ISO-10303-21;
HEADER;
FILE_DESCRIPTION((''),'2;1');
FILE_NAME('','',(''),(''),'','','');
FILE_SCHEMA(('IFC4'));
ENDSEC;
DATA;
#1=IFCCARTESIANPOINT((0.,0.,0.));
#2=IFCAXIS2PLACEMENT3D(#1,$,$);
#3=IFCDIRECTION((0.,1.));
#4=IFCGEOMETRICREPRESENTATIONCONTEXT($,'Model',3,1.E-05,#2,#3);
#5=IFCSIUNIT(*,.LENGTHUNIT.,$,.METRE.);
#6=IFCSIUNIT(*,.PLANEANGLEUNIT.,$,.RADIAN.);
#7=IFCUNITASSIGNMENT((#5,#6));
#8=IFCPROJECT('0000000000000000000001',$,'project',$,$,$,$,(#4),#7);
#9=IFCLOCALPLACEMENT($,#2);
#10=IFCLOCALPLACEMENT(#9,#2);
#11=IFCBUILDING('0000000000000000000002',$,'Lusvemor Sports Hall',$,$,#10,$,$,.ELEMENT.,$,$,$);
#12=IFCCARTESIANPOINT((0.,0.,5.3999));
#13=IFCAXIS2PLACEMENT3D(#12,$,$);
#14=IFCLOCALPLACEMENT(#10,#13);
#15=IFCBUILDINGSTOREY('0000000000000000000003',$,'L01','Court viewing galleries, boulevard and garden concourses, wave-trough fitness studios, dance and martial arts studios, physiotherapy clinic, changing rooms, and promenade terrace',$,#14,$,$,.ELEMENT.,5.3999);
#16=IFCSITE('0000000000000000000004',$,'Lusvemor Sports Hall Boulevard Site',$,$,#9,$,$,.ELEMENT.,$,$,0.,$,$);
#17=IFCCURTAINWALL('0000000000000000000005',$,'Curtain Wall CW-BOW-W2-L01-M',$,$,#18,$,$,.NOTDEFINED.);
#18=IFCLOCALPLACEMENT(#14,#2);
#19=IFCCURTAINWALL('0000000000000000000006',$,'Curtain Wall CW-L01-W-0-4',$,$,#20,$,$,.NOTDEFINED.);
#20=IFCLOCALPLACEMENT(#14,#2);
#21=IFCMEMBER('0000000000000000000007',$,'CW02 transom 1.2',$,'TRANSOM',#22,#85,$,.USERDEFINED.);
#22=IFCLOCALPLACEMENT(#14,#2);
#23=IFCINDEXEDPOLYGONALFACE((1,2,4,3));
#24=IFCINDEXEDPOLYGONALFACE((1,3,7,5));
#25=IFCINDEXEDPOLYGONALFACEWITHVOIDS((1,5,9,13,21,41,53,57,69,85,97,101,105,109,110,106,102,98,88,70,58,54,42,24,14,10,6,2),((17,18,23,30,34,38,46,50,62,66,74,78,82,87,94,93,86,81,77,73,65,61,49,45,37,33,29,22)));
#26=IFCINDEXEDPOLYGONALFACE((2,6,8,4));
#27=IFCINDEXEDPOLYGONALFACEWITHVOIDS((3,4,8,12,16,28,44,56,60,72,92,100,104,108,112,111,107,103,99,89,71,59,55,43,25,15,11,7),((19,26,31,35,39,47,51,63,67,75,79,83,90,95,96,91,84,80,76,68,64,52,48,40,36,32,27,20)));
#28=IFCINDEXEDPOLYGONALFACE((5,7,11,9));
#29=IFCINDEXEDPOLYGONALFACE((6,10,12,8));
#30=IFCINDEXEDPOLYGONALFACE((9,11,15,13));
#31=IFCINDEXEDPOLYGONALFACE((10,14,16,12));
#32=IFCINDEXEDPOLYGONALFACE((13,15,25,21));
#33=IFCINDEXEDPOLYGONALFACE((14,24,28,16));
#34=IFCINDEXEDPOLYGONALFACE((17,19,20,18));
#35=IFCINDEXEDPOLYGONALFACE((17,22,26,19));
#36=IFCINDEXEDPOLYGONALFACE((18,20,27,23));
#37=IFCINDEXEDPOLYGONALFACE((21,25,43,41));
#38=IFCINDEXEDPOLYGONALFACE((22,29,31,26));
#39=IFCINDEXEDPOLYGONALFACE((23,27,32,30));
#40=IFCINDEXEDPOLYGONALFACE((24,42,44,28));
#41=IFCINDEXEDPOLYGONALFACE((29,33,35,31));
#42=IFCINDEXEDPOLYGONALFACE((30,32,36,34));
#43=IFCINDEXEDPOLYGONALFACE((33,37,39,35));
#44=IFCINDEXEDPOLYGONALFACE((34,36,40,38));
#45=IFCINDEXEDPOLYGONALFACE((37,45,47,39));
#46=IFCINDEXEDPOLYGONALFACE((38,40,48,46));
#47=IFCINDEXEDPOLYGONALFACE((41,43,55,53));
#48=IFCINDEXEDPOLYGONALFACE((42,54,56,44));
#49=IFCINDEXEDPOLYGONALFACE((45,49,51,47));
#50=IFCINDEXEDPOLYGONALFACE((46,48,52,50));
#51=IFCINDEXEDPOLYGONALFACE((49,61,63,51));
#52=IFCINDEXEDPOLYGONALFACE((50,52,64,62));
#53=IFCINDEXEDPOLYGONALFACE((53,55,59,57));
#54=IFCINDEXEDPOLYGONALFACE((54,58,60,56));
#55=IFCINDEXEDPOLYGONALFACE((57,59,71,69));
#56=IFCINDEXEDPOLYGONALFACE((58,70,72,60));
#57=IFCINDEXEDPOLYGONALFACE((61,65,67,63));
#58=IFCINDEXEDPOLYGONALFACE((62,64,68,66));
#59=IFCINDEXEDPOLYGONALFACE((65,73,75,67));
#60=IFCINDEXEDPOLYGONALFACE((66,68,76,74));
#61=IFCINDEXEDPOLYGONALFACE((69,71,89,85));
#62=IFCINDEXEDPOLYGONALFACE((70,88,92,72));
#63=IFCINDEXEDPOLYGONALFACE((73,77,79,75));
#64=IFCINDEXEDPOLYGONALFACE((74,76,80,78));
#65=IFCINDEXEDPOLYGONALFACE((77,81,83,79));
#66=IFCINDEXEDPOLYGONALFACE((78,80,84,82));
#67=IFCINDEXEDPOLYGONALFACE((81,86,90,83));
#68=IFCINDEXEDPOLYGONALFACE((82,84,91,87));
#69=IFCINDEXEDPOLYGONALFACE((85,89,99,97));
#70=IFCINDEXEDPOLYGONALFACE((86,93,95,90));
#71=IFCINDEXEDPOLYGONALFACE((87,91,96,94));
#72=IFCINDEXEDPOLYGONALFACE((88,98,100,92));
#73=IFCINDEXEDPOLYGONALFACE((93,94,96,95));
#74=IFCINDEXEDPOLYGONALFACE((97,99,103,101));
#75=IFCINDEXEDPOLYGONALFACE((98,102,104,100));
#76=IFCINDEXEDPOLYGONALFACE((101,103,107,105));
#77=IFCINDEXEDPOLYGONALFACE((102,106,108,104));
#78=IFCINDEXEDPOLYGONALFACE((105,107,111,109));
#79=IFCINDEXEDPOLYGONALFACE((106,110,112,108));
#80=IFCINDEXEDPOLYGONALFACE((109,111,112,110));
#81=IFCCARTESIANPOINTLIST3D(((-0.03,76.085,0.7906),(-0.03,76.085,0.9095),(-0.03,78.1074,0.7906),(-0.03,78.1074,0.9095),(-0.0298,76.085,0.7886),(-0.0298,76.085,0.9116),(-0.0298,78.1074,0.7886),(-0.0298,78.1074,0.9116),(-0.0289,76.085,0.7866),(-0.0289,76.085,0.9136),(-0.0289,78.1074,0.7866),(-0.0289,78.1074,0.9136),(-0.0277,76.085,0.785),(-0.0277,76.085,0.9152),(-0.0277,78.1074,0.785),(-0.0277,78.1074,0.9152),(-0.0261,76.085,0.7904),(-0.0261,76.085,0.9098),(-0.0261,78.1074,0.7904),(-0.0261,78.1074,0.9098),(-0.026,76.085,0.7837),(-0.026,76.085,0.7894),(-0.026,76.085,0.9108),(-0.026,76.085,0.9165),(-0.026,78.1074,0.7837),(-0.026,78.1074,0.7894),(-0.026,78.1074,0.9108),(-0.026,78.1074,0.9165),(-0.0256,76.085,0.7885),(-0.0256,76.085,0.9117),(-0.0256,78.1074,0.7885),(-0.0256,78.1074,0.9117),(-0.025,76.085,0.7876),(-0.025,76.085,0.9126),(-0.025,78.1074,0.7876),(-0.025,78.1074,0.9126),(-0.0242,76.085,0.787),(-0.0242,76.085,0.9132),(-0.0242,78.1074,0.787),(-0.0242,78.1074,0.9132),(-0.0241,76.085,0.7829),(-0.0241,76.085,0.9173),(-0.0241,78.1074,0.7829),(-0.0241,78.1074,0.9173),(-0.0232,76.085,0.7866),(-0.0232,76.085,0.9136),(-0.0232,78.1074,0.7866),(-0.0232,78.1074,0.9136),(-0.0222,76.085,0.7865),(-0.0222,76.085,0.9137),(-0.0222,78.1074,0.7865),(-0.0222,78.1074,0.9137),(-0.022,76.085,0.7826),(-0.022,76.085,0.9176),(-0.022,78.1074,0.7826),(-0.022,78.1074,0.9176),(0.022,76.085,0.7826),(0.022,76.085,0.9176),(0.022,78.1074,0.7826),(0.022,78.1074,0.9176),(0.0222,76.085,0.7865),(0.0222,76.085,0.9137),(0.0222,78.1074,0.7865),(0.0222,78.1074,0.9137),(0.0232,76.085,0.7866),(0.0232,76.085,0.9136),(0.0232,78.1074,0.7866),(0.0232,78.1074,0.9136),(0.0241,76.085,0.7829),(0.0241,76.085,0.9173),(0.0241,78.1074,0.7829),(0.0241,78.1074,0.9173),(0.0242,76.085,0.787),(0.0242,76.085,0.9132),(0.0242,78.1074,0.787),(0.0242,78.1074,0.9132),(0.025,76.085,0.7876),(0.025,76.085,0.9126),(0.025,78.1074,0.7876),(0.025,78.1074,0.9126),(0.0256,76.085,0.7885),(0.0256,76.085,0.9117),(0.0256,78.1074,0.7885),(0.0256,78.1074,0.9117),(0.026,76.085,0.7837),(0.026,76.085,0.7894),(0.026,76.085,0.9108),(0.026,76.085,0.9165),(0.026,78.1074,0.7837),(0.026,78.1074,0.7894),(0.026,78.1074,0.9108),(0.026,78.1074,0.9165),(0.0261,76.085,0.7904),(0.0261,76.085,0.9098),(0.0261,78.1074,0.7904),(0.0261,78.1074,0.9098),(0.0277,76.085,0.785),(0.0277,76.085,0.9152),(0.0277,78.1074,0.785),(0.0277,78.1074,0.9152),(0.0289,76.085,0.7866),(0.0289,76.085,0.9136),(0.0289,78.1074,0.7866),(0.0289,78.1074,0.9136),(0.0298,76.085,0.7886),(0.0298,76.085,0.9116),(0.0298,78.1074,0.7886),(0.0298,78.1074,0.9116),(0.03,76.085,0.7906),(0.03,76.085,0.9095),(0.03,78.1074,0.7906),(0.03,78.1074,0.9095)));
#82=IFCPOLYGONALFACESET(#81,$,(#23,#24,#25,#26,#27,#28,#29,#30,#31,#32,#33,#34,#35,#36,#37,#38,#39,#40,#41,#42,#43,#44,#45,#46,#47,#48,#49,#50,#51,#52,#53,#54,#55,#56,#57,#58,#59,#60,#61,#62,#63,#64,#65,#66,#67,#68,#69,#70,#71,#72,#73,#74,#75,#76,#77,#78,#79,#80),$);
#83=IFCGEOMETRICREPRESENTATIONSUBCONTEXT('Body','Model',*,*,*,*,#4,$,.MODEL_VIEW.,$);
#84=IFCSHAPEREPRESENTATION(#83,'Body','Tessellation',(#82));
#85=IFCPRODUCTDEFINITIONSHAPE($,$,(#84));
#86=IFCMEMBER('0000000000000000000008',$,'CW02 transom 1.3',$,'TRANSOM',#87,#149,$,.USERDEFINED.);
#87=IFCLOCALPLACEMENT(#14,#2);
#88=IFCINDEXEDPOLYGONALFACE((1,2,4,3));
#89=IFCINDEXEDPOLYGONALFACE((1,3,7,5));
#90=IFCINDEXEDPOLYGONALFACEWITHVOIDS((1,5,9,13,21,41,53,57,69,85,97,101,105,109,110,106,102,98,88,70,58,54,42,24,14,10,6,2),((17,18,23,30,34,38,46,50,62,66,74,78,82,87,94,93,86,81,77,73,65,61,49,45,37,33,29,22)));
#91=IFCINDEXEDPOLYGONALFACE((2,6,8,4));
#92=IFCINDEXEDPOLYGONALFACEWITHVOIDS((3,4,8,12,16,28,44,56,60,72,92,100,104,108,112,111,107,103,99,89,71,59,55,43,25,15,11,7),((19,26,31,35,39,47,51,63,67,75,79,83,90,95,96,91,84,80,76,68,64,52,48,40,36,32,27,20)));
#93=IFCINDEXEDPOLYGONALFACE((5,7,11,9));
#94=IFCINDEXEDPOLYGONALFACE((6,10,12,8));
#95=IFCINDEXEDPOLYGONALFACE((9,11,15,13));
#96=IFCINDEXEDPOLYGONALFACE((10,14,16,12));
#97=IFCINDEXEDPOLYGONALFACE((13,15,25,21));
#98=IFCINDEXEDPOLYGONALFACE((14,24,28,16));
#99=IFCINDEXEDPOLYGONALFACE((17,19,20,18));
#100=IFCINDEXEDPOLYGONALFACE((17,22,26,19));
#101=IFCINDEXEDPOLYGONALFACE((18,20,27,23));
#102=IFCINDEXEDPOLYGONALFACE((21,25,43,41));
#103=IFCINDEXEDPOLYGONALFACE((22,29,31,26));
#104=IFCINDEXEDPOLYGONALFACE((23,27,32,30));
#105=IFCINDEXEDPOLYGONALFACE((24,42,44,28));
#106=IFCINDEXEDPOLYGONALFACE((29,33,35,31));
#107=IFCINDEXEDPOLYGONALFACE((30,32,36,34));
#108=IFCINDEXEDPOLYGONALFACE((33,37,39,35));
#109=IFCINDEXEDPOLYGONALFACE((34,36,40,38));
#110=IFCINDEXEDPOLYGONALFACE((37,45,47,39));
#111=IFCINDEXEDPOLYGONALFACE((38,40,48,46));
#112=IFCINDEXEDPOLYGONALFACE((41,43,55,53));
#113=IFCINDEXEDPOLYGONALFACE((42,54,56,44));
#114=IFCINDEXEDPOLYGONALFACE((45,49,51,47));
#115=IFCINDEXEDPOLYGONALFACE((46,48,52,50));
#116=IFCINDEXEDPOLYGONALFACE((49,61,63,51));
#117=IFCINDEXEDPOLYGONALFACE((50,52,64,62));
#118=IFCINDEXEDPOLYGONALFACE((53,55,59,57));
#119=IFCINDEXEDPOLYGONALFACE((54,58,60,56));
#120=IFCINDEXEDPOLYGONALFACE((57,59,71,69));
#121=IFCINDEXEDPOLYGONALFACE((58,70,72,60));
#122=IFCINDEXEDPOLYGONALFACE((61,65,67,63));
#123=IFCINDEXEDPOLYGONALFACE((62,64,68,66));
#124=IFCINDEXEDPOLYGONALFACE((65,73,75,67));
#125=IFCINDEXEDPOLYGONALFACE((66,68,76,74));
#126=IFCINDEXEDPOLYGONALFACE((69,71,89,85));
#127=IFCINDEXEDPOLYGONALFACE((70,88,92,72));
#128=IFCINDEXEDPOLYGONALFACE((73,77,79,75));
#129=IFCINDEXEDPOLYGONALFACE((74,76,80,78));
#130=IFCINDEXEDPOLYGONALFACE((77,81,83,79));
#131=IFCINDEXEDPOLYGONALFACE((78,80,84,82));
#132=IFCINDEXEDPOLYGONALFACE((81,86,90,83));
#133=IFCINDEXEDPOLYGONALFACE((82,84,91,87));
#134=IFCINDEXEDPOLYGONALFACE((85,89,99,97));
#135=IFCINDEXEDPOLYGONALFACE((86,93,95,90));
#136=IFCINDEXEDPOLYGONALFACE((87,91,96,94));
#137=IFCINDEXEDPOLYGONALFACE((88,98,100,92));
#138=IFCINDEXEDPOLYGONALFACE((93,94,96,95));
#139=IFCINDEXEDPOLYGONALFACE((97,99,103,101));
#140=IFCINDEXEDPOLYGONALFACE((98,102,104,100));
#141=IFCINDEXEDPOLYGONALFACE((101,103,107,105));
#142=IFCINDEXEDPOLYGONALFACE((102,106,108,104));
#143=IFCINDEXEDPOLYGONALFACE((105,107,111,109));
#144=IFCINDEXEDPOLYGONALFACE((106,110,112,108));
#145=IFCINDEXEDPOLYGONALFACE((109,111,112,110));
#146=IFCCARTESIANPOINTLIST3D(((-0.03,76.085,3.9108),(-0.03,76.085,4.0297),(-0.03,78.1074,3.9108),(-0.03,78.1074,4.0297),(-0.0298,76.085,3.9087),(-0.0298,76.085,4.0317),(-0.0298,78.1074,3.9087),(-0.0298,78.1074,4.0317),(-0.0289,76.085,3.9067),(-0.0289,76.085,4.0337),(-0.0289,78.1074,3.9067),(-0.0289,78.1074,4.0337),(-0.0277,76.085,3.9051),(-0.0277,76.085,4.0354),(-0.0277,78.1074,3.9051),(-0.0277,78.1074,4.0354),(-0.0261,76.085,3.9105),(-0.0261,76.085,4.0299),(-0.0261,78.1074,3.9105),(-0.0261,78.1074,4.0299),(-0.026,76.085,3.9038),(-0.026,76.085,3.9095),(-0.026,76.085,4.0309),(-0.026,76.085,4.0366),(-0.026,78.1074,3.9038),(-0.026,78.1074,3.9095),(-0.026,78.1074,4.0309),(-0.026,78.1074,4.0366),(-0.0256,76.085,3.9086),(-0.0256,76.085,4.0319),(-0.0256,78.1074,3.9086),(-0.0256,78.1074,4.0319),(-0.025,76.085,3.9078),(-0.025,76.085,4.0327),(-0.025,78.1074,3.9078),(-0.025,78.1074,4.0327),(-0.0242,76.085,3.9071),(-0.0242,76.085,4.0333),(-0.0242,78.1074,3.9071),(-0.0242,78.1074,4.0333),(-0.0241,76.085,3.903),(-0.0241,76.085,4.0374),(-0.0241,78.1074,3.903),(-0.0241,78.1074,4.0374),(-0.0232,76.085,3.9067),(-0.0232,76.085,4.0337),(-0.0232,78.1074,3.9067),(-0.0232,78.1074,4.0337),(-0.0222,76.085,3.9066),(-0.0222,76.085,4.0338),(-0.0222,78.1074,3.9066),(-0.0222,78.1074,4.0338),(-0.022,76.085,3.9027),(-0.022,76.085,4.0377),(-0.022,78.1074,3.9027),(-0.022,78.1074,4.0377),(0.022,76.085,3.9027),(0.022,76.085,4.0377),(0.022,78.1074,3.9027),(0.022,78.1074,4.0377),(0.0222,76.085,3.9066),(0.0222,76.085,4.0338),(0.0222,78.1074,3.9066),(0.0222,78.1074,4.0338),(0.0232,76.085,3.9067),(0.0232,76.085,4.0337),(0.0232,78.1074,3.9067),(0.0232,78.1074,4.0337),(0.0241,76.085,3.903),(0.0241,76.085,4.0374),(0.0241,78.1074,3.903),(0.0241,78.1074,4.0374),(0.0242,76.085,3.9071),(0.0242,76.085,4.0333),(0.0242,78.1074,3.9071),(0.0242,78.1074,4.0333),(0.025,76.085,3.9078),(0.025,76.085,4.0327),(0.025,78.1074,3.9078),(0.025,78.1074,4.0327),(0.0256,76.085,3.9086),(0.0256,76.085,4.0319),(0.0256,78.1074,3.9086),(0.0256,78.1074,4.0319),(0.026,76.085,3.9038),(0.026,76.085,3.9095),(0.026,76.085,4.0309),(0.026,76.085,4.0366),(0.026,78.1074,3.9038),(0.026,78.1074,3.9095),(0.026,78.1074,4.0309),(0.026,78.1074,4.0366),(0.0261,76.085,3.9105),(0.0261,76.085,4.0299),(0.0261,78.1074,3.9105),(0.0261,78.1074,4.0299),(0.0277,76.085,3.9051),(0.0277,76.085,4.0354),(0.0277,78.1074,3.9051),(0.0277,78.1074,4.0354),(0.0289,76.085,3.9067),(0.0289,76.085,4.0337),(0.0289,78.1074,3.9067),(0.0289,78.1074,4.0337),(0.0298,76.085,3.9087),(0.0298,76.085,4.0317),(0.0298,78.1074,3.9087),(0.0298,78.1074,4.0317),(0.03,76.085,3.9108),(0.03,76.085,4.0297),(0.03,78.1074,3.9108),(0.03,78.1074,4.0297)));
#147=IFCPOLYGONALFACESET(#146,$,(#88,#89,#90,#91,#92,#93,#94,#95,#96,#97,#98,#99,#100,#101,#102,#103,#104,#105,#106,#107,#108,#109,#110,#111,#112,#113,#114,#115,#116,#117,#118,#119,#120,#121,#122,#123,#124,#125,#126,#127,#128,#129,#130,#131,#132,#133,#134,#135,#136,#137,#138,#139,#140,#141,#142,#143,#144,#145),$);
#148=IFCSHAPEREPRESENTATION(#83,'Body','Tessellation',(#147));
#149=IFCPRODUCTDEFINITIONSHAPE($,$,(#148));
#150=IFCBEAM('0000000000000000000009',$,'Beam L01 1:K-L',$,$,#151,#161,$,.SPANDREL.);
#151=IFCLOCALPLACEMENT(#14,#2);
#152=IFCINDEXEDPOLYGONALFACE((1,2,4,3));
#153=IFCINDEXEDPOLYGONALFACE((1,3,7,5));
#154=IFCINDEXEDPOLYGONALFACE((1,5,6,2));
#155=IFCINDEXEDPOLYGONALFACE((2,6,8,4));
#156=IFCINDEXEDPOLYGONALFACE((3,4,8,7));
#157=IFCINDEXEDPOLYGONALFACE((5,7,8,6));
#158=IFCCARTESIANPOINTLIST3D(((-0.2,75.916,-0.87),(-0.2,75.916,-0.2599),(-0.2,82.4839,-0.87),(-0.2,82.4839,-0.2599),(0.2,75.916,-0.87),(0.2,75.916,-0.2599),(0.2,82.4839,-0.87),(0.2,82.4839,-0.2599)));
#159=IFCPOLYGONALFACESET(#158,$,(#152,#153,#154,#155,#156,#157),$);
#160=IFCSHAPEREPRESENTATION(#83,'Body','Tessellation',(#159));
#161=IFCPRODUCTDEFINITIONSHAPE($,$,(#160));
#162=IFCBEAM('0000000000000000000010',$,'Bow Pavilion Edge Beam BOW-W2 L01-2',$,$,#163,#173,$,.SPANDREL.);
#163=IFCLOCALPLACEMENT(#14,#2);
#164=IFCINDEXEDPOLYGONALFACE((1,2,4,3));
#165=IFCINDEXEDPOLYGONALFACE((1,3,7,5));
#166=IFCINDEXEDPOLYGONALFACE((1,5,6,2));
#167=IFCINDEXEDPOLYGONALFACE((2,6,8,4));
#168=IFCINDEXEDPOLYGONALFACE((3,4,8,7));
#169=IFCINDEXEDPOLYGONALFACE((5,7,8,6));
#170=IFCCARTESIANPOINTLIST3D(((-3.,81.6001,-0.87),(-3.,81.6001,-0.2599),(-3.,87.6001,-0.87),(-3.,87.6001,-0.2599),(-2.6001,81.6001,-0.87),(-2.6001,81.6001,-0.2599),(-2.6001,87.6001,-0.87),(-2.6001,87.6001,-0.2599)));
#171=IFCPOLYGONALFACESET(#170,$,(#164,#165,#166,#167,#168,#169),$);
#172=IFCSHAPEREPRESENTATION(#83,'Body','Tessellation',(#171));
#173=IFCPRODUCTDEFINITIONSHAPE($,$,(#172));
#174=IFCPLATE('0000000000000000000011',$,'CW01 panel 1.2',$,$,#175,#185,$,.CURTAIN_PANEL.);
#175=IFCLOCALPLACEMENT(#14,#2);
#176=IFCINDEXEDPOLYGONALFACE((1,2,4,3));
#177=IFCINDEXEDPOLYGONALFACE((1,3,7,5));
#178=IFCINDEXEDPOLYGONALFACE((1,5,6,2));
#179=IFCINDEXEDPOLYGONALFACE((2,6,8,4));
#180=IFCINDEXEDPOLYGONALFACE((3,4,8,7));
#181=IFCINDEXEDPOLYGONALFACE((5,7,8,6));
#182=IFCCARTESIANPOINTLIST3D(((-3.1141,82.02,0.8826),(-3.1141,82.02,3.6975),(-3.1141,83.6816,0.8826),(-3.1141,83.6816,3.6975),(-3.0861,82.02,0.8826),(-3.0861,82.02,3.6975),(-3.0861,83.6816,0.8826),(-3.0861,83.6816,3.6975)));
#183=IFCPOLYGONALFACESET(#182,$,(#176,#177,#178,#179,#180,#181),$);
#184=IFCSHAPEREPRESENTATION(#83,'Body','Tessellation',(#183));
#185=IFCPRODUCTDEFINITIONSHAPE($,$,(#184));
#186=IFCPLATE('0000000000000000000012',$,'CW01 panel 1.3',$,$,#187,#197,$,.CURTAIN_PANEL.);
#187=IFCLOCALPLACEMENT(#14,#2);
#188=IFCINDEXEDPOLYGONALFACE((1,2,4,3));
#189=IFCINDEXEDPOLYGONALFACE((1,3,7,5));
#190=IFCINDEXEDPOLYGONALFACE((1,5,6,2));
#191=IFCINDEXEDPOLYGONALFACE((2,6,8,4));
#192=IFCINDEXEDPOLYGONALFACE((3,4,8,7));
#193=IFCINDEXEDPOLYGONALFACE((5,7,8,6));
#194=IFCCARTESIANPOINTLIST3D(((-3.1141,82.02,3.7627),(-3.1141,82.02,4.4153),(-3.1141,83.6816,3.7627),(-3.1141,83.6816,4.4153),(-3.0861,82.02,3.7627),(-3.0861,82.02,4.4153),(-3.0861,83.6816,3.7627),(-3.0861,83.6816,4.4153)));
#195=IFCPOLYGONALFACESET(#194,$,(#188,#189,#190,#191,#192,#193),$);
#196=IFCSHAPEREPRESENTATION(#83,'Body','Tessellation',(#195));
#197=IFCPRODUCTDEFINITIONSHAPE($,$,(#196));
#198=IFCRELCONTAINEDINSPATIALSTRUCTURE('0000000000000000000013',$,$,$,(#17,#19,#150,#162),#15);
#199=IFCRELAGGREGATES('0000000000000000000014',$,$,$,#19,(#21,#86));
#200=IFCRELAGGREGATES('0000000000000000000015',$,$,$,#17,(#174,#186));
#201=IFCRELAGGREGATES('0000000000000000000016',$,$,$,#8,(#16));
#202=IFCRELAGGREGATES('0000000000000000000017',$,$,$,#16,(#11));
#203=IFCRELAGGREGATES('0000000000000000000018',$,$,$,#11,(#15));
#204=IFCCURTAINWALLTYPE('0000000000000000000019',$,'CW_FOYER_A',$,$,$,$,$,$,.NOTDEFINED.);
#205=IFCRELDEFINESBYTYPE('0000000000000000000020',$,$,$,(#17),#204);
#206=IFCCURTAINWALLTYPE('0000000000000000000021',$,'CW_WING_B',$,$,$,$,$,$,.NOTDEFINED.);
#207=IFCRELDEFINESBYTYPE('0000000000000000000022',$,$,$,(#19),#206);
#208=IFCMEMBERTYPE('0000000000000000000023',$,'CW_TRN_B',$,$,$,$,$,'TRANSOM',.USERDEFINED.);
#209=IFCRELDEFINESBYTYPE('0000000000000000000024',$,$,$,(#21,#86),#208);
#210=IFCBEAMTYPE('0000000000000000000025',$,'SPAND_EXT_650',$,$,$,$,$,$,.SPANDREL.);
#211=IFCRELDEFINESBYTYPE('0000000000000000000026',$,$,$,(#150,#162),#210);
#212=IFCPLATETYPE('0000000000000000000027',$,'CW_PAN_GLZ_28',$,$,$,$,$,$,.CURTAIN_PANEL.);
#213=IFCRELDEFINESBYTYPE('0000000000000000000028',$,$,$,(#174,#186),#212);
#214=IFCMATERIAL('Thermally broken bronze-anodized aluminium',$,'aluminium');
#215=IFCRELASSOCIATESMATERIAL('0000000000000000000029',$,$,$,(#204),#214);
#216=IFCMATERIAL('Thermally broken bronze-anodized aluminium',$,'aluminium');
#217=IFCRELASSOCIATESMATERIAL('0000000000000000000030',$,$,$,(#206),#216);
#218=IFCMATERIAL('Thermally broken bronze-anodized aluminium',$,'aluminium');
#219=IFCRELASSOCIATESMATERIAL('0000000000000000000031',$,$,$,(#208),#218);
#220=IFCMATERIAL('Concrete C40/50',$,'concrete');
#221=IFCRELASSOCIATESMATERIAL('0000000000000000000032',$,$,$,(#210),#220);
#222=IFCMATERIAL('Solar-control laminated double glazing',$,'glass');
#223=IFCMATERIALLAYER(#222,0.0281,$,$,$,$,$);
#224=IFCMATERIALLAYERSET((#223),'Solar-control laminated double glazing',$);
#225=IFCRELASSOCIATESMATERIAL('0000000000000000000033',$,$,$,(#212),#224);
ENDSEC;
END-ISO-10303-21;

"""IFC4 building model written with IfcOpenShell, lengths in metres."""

from ifc_helpers import new_model, si_unit, direction, frame, origin, origin_2d, place, context, subcontext, project, spatial, rectangle, hollow_rectangle, extrude, material, layer, layer_set, material_profile, profile_set, type_object, element, aggregate, save


model = new_model("IFC4")

# Units and contexts
model_context = context("Model", 3, precision=1e-05, world=origin(), true_north=direction((0.0, 1.0)))
body_context = subcontext(model_context, "Body", "Model", "MODEL_VIEW")
ifc_project = project(units=[si_unit("LENGTHUNIT", "METRE"), si_unit("PLANEANGLEUNIT", "RADIAN")], contexts=[model_context])

# Site, building, storey
site_placement = place(None, origin())
site = spatial("IfcSite", under=ifc_project, at=site_placement, Name="Lusvemor Sports Hall Boulevard Site", CompositionType="ELEMENT", RefElevation=0.0)
building_placement = place(site_placement, origin())
building = spatial("IfcBuilding", under=site, at=building_placement, Name="Lusvemor Sports Hall", CompositionType="ELEMENT")
storey_placement = place(building_placement, frame((0.0, 0.0, 5.3999)))
storey = spatial("IfcBuildingStorey", under=building, at=storey_placement, Name="L01", Description="Court viewing galleries, boulevard and garden concourses, wave-trough fitness studios, dance and martial arts studios, physiotherapy clinic, changing rooms, and promenade terrace", CompositionType="ELEMENT", Elevation=5.3999)

# Curtain wall
ifc_material_1 = material(Name="Thermally broken bronze-anodized aluminium", Category="aluminium")
curtain_wall_type_1 = type_object("IfcCurtainWallType", Name="CW_FOYER_A", PredefinedType="NOTDEFINED", material=ifc_material_1)
curtain_wall_1_placement = place(storey_placement, origin())
curtain_wall_1 = element("IfcCurtainWall", 1, at=curtain_wall_1_placement, inside=storey, type_object=curtain_wall_type_1, Name="Curtain Wall CW-BOW-W2-L01-M", PredefinedType="NOTDEFINED")

# Curtain wall
ifc_material_2 = material(Name="Thermally broken bronze-anodized aluminium", Category="aluminium")
curtain_wall_type_2 = type_object("IfcCurtainWallType", Name="CW_WING_B", PredefinedType="NOTDEFINED", material=ifc_material_2)
curtain_wall_2_placement = place(storey_placement, origin())
curtain_wall_2 = element("IfcCurtainWall", 2, at=curtain_wall_2_placement, inside=storey, type_object=curtain_wall_type_2, Name="Curtain Wall CW-L01-W-0-4", PredefinedType="NOTDEFINED")

# Members
ifc_material_3 = material(Name="Thermally broken bronze-anodized aluminium", Category="aluminium")
ifc_material_profile_1 = material_profile(ifc_material_3, hollow_rectangle(XDim=0.0601, YDim=0.135, WallThickness=0.0039, InnerFilletRadius=0.0039, OuterFilletRadius=0.0081, at=origin_2d()), Name="CWTRN135x60x4")
ifc_profile_set_1 = profile_set([ifc_material_profile_1], Name="Thermally broken bronze-anodized aluminium")
member_type_1 = type_object("IfcMemberType", Name="CW_TRN_B", ElementType="TRANSOM", PredefinedType="USERDEFINED", material=ifc_profile_set_1)
member_1_placement = place(storey_placement, frame((0.0, 76.085, 0.8501), z_axis=(0.0, 1.0, 0.0), x_axis=(-1.0, 0.0, 0.0)))
member_1 = element("IfcMember", 3, at=member_1_placement, type_object=member_type_1, Name="CW02 transom 1.2", ObjectType="TRANSOM", PredefinedType="USERDEFINED", context=body_context, shape_type="SweptSolid", body=[
    extrude(hollow_rectangle(XDim=0.0601, YDim=0.135, WallThickness=0.0039, InnerFilletRadius=0.0039, OuterFilletRadius=0.0081, at=origin_2d()), origin(), (0.0, 0.0, 1.0), 2.0225),
])
member_2_placement = place(storey_placement, frame((0.0, 76.085, 3.9702), z_axis=(0.0, 1.0, 0.0), x_axis=(-1.0, 0.0, 0.0)))
member_2 = element("IfcMember", 4, at=member_2_placement, type_object=member_type_1, Name="CW02 transom 1.3", ObjectType="TRANSOM", PredefinedType="USERDEFINED", context=body_context, shape_type="SweptSolid", body=[
    extrude(hollow_rectangle(XDim=0.0601, YDim=0.135, WallThickness=0.0039, InnerFilletRadius=0.0039, OuterFilletRadius=0.0081, at=origin_2d()), origin(), (0.0, 0.0, 1.0), 2.0225),
])
aggregate(curtain_wall_2, [member_1, member_2])

# Beams
ifc_material_4 = material(Name="Concrete C40/50", Category="concrete")
ifc_material_profile_2 = material_profile(ifc_material_4, rectangle(XDim=0.3999, YDim=0.6101, at=origin_2d()), Name="RC400x610")
ifc_profile_set_2 = profile_set([ifc_material_profile_2], Name="Concrete C40/50")
beam_type = type_object("IfcBeamType", Name="SPAND_EXT_650", PredefinedType="SPANDREL", material=ifc_profile_set_2)
beam_1_placement = place(storey_placement, frame((0.0, 75.916, -0.5649), z_axis=(0.0, 1.0, 0.0), x_axis=(-1.0, 0.0, 0.0)))
element("IfcBeam", 5, at=beam_1_placement, inside=storey, type_object=beam_type, Name="Beam L01 1:K-L", PredefinedType="SPANDREL", context=body_context, shape_type="SweptSolid", body=[
    extrude(rectangle(XDim=0.3999, YDim=0.6101, at=origin_2d()), origin(), (0.0, 0.0, 1.0), 6.5679),
])
beam_2_placement = place(storey_placement, frame((-2.8, 81.6001, -0.5649), z_axis=(0.0, 1.0, 0.0), x_axis=(-1.0, 0.0, 0.0)))
element("IfcBeam", 6, at=beam_2_placement, inside=storey, type_object=beam_type, Name="Bow Pavilion Edge Beam BOW-W2 L01-2", PredefinedType="SPANDREL", context=body_context, shape_type="SweptSolid", body=[
    extrude(rectangle(XDim=0.3999, YDim=0.6101, at=origin_2d()), origin(), (0.0, 0.0, 1.0), 6.0),
])

# Plates
ifc_material_5 = material(Name="Solar-control laminated double glazing", Category="glass")
ifc_layer_1 = layer(ifc_material_5, 0.0281)
ifc_layer_set_1 = layer_set([ifc_layer_1], Name="Solar-control laminated double glazing")
plate_type_1 = type_object("IfcPlateType", Name="CW_PAN_GLZ_28", PredefinedType="CURTAIN_PANEL", material=ifc_layer_set_1)
plate_1_placement = place(storey_placement, frame((-3.1001, 82.8508, 0.8826), z_axis=(0.0, 0.0, 1.0), x_axis=(0.0, 1.0, 0.0)))
plate_1 = element("IfcPlate", 7, at=plate_1_placement, type_object=plate_type_1, Name="CW01 panel 1.2", PredefinedType="CURTAIN_PANEL", context=body_context, shape_type="SweptSolid", body=[
    extrude(rectangle(XDim=1.6616, YDim=0.0281, at=origin_2d()), origin(), (0.0, 0.0, 1.0), 2.8149),
])
plate_2_placement = place(storey_placement, frame((-3.1001, 82.8508, 3.7627), z_axis=(0.0, 0.0, 1.0), x_axis=(0.0, 1.0, 0.0)))
plate_2 = element("IfcPlate", 8, at=plate_2_placement, type_object=plate_type_1, Name="CW01 panel 1.3", PredefinedType="CURTAIN_PANEL", context=body_context, shape_type="SweptSolid", body=[
    extrude(rectangle(XDim=1.6616, YDim=0.0281, at=origin_2d()), origin(), (0.0, 0.0, 1.0), 0.6526),
])
aggregate(curtain_wall_1, [plate_1, plate_2])

save(model, "model.ifc")
